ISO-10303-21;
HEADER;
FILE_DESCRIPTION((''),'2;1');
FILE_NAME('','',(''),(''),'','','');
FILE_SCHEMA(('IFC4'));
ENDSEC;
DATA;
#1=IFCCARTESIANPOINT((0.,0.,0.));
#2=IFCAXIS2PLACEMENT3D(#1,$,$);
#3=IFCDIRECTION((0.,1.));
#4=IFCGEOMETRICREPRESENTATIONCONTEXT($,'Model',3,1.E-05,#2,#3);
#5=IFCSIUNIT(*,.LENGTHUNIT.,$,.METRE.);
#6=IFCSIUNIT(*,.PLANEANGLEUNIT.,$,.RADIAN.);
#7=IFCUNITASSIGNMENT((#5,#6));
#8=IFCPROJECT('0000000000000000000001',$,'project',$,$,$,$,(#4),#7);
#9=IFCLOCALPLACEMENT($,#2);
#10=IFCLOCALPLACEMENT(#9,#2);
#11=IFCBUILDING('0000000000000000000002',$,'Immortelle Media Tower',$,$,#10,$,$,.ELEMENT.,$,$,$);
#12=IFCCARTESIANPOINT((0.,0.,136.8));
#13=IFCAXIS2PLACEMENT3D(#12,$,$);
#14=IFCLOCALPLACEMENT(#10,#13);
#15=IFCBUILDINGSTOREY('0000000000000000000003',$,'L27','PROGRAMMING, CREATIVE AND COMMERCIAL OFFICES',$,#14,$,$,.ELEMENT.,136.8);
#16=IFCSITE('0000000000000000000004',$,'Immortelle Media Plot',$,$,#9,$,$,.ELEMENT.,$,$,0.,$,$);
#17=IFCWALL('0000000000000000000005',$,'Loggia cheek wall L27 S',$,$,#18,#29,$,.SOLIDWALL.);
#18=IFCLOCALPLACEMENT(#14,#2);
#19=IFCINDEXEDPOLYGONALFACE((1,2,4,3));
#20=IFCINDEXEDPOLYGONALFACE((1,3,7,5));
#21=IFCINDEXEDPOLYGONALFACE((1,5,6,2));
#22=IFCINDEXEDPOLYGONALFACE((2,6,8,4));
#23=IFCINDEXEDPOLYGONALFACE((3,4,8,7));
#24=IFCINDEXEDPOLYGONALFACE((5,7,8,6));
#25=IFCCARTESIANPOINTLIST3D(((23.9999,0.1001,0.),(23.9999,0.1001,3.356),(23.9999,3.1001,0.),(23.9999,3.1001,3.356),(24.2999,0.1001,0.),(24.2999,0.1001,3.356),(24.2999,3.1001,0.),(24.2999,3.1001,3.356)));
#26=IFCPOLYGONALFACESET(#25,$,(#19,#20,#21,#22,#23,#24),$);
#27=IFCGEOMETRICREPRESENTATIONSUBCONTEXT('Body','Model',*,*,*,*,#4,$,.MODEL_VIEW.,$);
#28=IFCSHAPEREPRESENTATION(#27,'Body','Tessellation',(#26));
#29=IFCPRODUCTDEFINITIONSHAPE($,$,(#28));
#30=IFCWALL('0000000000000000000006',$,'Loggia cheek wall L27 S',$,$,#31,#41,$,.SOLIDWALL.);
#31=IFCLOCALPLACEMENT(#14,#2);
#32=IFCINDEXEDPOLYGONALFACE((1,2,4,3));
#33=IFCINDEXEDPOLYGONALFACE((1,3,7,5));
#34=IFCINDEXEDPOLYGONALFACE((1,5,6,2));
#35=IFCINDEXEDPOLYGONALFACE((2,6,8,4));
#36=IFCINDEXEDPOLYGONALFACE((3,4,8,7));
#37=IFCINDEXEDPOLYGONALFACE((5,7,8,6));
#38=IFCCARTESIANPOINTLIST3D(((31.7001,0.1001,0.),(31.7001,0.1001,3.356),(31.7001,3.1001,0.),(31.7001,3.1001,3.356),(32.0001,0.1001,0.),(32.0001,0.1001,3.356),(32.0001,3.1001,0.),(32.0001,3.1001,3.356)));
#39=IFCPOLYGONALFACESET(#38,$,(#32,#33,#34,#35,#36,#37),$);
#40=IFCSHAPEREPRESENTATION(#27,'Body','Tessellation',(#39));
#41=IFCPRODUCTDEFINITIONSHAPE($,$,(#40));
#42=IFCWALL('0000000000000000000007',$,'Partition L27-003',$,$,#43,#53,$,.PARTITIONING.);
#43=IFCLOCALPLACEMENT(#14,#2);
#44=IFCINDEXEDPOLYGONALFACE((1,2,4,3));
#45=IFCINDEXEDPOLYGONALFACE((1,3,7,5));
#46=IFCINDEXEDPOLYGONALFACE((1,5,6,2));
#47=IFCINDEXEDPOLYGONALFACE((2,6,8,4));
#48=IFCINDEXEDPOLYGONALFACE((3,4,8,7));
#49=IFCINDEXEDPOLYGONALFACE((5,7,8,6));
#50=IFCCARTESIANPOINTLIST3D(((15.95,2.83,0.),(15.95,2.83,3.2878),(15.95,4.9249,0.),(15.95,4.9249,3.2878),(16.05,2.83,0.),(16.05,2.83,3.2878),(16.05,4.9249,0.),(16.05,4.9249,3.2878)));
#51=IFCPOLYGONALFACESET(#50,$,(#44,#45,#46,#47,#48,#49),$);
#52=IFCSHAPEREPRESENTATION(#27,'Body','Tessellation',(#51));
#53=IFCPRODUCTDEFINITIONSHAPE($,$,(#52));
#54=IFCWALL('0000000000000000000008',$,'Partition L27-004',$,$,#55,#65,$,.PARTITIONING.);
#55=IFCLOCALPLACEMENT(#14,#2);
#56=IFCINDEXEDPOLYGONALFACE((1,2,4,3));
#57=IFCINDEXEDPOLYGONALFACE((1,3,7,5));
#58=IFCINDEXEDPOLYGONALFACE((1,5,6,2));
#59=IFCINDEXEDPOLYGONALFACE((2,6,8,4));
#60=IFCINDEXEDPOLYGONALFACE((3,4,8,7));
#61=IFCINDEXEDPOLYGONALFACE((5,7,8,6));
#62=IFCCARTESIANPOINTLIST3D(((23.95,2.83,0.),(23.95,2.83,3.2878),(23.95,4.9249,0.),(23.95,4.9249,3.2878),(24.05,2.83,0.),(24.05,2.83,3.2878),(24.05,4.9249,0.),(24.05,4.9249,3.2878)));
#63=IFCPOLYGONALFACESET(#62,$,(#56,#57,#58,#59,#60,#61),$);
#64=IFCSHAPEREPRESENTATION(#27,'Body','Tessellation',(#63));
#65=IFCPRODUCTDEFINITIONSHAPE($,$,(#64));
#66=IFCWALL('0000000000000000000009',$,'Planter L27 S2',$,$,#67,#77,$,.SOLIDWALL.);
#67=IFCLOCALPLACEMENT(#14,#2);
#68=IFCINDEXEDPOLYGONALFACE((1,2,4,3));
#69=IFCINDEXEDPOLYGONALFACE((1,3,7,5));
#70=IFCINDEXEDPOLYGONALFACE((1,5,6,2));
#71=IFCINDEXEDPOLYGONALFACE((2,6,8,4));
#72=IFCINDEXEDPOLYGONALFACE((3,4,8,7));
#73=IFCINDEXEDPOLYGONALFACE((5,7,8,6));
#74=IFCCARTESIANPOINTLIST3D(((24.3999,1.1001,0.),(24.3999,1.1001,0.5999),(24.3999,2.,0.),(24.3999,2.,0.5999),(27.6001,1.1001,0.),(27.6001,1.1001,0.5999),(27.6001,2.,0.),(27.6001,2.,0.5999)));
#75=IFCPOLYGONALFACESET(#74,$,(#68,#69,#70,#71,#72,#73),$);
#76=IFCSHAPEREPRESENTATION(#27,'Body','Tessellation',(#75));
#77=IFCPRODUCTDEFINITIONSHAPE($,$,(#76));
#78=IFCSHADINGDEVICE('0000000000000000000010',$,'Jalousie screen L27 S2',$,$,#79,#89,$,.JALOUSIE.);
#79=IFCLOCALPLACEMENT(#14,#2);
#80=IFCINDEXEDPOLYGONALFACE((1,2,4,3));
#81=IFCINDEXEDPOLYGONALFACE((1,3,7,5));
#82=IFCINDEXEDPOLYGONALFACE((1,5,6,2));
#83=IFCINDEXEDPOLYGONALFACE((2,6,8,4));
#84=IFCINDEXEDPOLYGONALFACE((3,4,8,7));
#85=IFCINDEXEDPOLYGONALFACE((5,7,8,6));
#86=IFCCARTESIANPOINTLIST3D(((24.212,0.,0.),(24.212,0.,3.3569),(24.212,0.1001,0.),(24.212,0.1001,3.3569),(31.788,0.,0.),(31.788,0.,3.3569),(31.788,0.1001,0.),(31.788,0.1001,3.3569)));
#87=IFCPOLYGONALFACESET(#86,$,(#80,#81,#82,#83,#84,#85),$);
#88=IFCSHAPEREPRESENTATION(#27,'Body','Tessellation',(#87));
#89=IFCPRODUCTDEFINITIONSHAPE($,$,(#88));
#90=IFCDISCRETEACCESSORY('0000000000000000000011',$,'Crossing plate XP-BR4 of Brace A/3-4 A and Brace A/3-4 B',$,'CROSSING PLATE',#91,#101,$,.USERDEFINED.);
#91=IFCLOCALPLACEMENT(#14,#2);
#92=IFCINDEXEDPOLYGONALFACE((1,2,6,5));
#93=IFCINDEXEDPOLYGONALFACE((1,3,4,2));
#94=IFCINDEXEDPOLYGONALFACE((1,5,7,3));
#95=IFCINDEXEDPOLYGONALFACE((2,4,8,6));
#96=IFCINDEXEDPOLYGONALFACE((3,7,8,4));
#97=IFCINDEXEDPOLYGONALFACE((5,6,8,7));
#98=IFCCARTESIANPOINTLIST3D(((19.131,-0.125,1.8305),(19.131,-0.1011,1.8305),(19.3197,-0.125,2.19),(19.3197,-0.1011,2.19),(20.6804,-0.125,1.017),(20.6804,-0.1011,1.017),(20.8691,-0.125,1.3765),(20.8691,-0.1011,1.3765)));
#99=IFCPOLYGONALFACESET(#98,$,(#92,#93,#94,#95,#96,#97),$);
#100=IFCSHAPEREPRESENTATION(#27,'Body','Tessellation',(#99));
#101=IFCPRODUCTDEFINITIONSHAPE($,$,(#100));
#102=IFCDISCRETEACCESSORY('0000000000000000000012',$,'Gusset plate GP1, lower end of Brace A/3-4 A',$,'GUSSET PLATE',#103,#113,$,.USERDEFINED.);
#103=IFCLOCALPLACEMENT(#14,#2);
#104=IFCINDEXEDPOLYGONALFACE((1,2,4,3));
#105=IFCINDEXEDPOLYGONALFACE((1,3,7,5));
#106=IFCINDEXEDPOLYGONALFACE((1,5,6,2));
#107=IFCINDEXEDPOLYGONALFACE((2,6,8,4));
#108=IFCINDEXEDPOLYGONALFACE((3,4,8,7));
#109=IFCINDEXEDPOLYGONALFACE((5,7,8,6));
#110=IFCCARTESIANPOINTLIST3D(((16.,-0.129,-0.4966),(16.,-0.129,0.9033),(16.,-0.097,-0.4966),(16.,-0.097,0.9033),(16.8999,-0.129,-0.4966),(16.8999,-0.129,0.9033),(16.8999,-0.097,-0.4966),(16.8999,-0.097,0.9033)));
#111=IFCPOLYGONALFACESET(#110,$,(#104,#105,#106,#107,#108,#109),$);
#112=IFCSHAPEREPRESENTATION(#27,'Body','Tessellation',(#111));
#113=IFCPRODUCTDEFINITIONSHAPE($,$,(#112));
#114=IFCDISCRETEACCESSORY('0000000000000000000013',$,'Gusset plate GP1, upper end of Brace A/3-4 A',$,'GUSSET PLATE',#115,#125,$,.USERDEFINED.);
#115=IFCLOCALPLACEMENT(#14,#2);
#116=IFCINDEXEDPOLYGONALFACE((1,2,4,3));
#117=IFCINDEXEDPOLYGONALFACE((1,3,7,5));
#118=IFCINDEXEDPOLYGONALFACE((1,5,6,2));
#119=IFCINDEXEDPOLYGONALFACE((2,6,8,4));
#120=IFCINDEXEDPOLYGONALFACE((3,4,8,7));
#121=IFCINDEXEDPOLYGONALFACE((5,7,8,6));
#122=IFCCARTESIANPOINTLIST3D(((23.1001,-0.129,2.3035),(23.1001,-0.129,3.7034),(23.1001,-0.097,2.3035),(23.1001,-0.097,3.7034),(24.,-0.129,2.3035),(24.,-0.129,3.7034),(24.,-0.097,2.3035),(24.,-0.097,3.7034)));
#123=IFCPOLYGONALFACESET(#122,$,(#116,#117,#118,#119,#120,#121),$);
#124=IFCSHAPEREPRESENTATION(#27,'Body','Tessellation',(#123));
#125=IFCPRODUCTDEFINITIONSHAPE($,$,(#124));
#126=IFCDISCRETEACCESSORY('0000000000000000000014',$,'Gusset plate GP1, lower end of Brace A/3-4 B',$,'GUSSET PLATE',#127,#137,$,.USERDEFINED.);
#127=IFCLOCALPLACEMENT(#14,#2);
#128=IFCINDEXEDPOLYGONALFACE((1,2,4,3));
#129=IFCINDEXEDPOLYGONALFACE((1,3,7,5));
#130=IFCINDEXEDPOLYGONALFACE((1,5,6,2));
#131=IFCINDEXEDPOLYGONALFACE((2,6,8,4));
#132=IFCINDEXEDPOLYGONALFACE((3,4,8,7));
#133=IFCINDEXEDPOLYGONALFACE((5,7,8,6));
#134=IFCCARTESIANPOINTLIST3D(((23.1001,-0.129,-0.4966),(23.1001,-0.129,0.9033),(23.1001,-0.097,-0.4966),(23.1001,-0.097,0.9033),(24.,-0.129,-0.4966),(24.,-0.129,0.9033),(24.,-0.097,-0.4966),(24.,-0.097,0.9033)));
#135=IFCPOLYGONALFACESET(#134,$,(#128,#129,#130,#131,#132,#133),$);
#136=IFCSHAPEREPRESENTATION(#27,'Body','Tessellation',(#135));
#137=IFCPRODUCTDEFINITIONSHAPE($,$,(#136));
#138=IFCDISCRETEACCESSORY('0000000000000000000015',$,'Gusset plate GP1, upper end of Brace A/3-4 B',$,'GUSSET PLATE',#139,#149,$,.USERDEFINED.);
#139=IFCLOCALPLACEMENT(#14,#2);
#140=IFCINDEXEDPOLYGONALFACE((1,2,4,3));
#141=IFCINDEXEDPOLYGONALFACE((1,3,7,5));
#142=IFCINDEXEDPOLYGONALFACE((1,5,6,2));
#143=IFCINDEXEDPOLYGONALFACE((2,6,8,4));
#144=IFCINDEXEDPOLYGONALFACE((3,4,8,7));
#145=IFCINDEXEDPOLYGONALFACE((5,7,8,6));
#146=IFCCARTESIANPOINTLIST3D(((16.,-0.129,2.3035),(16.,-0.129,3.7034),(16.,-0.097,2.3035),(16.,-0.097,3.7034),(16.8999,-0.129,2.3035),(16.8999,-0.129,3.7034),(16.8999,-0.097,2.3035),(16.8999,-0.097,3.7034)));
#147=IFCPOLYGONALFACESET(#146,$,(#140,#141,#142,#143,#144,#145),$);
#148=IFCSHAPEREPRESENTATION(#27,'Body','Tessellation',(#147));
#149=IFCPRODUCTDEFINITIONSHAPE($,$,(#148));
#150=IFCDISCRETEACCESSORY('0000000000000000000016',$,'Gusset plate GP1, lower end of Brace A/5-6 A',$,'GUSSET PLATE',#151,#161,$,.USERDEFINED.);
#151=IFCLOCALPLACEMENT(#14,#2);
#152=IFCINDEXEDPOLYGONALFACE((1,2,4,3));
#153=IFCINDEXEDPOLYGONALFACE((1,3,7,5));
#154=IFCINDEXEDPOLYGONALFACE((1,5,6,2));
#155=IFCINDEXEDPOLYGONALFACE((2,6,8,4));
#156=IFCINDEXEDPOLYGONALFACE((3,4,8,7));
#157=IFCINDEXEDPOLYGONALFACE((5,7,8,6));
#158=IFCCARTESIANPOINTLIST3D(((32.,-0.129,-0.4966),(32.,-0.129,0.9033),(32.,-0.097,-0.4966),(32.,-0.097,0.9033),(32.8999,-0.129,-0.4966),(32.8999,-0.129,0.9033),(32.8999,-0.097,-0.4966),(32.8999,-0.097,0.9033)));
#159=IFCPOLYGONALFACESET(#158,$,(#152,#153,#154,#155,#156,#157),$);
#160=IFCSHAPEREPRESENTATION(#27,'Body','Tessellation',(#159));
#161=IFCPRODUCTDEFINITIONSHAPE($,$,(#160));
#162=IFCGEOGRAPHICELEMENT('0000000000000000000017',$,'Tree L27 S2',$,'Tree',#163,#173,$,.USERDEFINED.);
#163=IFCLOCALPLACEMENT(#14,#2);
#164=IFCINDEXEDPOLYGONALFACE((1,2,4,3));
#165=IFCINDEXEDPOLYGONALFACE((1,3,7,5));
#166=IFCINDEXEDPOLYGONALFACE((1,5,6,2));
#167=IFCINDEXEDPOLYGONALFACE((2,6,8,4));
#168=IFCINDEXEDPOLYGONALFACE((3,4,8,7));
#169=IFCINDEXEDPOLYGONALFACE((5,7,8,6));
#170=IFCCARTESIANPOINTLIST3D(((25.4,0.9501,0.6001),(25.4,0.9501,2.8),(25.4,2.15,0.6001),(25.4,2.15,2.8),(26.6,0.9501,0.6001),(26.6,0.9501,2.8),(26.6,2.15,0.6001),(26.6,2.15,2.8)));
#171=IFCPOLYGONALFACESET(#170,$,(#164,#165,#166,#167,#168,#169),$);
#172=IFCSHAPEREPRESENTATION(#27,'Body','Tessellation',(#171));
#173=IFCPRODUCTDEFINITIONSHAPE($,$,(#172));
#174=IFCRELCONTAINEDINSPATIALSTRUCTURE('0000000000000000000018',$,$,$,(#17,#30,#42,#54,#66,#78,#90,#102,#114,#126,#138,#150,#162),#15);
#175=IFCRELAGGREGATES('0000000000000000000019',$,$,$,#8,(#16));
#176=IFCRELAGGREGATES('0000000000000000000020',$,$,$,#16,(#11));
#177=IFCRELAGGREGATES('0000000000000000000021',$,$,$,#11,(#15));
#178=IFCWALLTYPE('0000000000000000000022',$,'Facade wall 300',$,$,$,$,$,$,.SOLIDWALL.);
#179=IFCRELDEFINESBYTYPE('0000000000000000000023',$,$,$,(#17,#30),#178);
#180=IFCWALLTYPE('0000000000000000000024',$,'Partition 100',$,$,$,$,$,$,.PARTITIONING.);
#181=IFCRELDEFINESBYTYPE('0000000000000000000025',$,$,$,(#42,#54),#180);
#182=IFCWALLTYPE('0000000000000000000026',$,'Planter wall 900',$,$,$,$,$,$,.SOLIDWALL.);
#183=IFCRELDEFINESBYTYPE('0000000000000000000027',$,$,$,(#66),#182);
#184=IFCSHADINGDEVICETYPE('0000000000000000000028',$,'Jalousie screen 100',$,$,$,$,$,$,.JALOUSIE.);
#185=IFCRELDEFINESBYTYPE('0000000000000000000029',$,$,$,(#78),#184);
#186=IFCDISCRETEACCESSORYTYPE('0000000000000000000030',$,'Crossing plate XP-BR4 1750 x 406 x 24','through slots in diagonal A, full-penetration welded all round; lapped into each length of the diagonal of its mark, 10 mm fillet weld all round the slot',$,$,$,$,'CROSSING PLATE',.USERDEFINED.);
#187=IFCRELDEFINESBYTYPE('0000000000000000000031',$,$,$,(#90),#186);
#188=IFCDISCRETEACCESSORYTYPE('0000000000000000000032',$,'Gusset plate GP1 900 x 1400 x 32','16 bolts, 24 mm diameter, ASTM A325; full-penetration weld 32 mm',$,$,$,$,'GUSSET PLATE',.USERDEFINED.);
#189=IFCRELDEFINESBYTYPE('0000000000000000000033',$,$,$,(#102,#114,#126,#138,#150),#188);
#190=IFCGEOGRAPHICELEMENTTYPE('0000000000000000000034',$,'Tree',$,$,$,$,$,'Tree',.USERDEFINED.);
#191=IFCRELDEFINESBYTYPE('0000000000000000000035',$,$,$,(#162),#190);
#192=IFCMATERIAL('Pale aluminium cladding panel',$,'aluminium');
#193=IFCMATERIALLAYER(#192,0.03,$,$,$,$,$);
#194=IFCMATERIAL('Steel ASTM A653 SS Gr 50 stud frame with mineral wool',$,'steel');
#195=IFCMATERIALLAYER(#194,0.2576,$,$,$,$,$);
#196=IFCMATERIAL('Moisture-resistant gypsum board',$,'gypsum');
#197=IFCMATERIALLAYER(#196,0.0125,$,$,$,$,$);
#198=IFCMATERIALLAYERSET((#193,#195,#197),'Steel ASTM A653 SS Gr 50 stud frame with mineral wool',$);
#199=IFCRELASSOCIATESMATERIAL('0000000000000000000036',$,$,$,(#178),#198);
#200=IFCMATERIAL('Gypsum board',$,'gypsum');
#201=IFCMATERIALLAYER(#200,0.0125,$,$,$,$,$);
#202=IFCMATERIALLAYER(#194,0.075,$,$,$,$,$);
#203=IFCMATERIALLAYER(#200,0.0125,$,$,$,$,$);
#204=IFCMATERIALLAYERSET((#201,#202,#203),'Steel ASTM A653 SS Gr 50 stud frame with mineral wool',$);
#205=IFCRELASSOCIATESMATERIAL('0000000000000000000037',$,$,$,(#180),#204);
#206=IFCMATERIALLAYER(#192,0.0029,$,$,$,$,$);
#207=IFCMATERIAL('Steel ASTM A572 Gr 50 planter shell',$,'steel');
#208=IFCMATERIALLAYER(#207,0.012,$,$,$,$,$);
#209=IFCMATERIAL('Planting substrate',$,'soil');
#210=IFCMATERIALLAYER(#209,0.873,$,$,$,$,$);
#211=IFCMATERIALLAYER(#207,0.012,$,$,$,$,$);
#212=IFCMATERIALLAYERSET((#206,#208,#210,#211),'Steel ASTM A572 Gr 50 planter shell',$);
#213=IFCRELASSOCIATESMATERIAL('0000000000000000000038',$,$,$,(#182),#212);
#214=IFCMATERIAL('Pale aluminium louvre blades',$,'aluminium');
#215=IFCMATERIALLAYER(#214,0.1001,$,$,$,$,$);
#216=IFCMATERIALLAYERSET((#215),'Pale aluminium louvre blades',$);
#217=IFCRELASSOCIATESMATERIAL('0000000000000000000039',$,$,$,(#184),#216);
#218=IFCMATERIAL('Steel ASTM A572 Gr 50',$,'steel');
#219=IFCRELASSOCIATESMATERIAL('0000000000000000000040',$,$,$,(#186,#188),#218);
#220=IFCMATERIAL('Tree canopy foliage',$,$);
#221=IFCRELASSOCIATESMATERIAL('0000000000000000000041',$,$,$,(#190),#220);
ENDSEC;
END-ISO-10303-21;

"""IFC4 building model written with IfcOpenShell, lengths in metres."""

from ifc_helpers import new_model, si_unit, direction, frame, frame_2d, origin, origin_2d, place, context, subcontext, project, spatial, rectangle, extrude, material, layer, layer_set, material_profile, profile_set, type_object, element, save


model = new_model("IFC4")

# Units and contexts
model_context = context("Model", 3, precision=1e-05, world=origin(), true_north=direction((0.0, 1.0)))
body_context = subcontext(model_context, "Body", "Model", "MODEL_VIEW")
ifc_project = project(units=[si_unit("LENGTHUNIT", "METRE"), si_unit("PLANEANGLEUNIT", "RADIAN")], contexts=[model_context])

# Site, building, storey
site_placement = place(None, origin())
site = spatial("IfcSite", under=ifc_project, at=site_placement, Name="Immortelle Media Plot", CompositionType="ELEMENT", RefElevation=0.0)
building_placement = place(site_placement, origin())
building = spatial("IfcBuilding", under=site, at=building_placement, Name="Immortelle Media Tower", CompositionType="ELEMENT")
storey_placement = place(building_placement, frame((0.0, 0.0, 136.8)))
storey = spatial("IfcBuildingStorey", under=building, at=storey_placement, Name="L27", Description="PROGRAMMING, CREATIVE AND COMMERCIAL OFFICES", CompositionType="ELEMENT", Elevation=136.8)

# Shared definitions
ifc_material_1 = material(Name="Pale aluminium cladding panel", Category="aluminium")
ifc_layer_1 = layer(ifc_material_1, 0.03)
ifc_material_2 = material(Name="Steel ASTM A653 SS Gr 50 stud frame with mineral wool", Category="steel")
ifc_layer_2 = layer(ifc_material_2, 0.2576)
ifc_material_3 = material(Name="Moisture-resistant gypsum board", Category="gypsum")
ifc_layer_3 = layer(ifc_material_3, 0.0125)
ifc_layer_set_1 = layer_set([ifc_layer_1, ifc_layer_2, ifc_layer_3], Name="Steel ASTM A653 SS Gr 50 stud frame with mineral wool")
wall_type_1 = type_object("IfcWallType", Name="Facade wall 300", PredefinedType="SOLIDWALL", material=ifc_layer_set_1)

# Walls
for number, where, z_axis, x_axis, name in (
    (1, (24.1499, 0.1001, 0.0), (0.0, 0.0, 1.0), (0.0, 1.0, 0.0), "Loggia cheek wall L27 S"),
    (2, (31.8501, 0.1001, 0.0), (0.0, 0.0, 1.0), (0.0, 1.0, 0.0), "Loggia cheek wall L27 S"),
):
    element("IfcWall", number, at=place(storey_placement, frame(where, z_axis=z_axis, x_axis=x_axis)), inside=storey, type_object=wall_type_1, Name=name, PredefinedType="SOLIDWALL", context=body_context, shape_type="SweptSolid", body=[
        extrude(rectangle(XDim=3.0, YDim=0.3, at=frame_2d((1.5, 0.0))), origin(), (0.0, 0.0, 1.0), 3.356),
    ])
ifc_material_4 = material(Name="Gypsum board", Category="gypsum")
ifc_layer_4 = layer(ifc_material_4, 0.0125)
ifc_layer_5 = layer(ifc_material_2, 0.075)
ifc_layer_6 = layer(ifc_material_4, 0.0125)
ifc_layer_set_2 = layer_set([ifc_layer_4, ifc_layer_5, ifc_layer_6], Name="Steel ASTM A653 SS Gr 50 stud frame with mineral wool")
wall_type_2 = type_object("IfcWallType", Name="Partition 100", PredefinedType="PARTITIONING", material=ifc_layer_set_2)
for number, where, z_axis, x_axis, name in (
    (3, (16.0, 2.8301, 0.0), (0.0, 0.0, 1.0), (0.0, 1.0, 0.0), "Partition L27-003"),
    (4, (24.0, 2.8301, 0.0), (0.0, 0.0, 1.0), (0.0, 1.0, 0.0), "Partition L27-004"),
):
    element("IfcWall", number, at=place(storey_placement, frame(where, z_axis=z_axis, x_axis=x_axis)), inside=storey, type_object=wall_type_2, Name=name, PredefinedType="PARTITIONING", context=body_context, shape_type="SweptSolid", body=[
        extrude(rectangle(XDim=2.095, YDim=0.1001, at=frame_2d((1.0474, 0.0))), origin(), (0.0, 0.0, 1.0), 3.2878),
    ])
ifc_layer_7 = layer(ifc_material_1, 0.0029)
ifc_material_5 = material(Name="Steel ASTM A572 Gr 50 planter shell", Category="steel")
ifc_layer_8 = layer(ifc_material_5, 0.012)
ifc_material_6 = material(Name="Planting substrate", Category="soil")
ifc_layer_9 = layer(ifc_material_6, 0.873)
ifc_layer_10 = layer(ifc_material_5, 0.012)
ifc_layer_set_3 = layer_set([ifc_layer_7, ifc_layer_8, ifc_layer_9, ifc_layer_10], Name="Steel ASTM A572 Gr 50 planter shell")
wall_type_3 = type_object("IfcWallType", Name="Planter wall 900", PredefinedType="SOLIDWALL", material=ifc_layer_set_3)
wall_1_placement = place(storey_placement, frame((24.3999, 1.55, 0.0), z_axis=(0.0, 0.0, 1.0), x_axis=(1.0, 0.0, 0.0)))
element("IfcWall", 5, at=wall_1_placement, inside=storey, type_object=wall_type_3, Name="Planter L27 S2", PredefinedType="SOLIDWALL", context=body_context, shape_type="SweptSolid", body=[
    extrude(rectangle(XDim=3.2002, YDim=0.8999, at=frame_2d((1.6001, 0.0))), origin(), (0.0, 0.0, 1.0), 0.5999),
])

# Shading device
ifc_material_7 = material(Name="Pale aluminium louvre blades", Category="aluminium")
ifc_layer_11 = layer(ifc_material_7, 0.1001)
ifc_layer_set_4 = layer_set([ifc_layer_11], Name="Pale aluminium louvre blades")
shading_device_type = type_object("IfcShadingDeviceType", Name="Jalousie screen 100", PredefinedType="JALOUSIE", material=ifc_layer_set_4)
shading_device_placement = place(storey_placement, frame((28.0, 0.05, 0.0), z_axis=(0.0, 0.0, 1.0), x_axis=(1.0, 0.0, 0.0)))
element("IfcShadingDevice", 6, at=shading_device_placement, inside=storey, type_object=shading_device_type, Name="Jalousie screen L27 S2", PredefinedType="JALOUSIE", context=body_context, shape_type="SweptSolid", body=[
    extrude(rectangle(XDim=7.5759, YDim=0.1001, at=origin_2d()), origin(), (0.0, 0.0, 1.0), 3.3569),
])

# Discrete accessories
ifc_material_8 = material(Name="Steel ASTM A572 Gr 50", Category="steel")
ifc_material_profile_1 = material_profile(ifc_material_8, rectangle(XDim=0.0239, YDim=0.406, at=origin_2d()), Name="PL 24 x 406")
ifc_profile_set_1 = profile_set([ifc_material_profile_1], Name="Steel ASTM A572 Gr 50")
discrete_accessory_type_1 = type_object("IfcDiscreteAccessoryType", Name="Crossing plate XP-BR4 1750 x 406 x 24", Description="through slots in diagonal A, full-penetration welded all round; lapped into each length of the diagonal of its mark, 10 mm fillet weld all round the slot", ElementType="CROSSING PLATE", PredefinedType="USERDEFINED", material=ifc_profile_set_1)
discrete_accessory_placement = place(storey_placement, frame((19.2253, -0.113, 2.0103), z_axis=(0.885378, 0.0, -0.464872), x_axis=(0.0, 1.0, 0.0)))
element("IfcDiscreteAccessory", 7, at=discrete_accessory_placement, inside=storey, type_object=discrete_accessory_type_1, Name="Crossing plate XP-BR4 of Brace A/3-4 A and Brace A/3-4 B", ObjectType="CROSSING PLATE", PredefinedType="USERDEFINED", context=body_context, shape_type="SweptSolid", body=[
    extrude(rectangle(XDim=0.0239, YDim=0.406, at=origin_2d()), origin(), (0.0, 0.0, 1.0), 1.75),
])
ifc_material_profile_2 = material_profile(ifc_material_8, rectangle(XDim=0.032, YDim=1.3999, at=origin_2d()), Name="PL 32 x 1400")
ifc_profile_set_2 = profile_set([ifc_material_profile_2], Name="Steel ASTM A572 Gr 50")
discrete_accessory_type_2 = type_object("IfcDiscreteAccessoryType", Name="Gusset plate GP1 900 x 1400 x 32", Description="16 bolts, 24 mm diameter, ASTM A325; full-penetration weld 32 mm", ElementType="GUSSET PLATE", PredefinedType="USERDEFINED", material=ifc_profile_set_2)
for number, where, z_axis, x_axis, name in (
    (8, (16.0, -0.113, 0.2034), (1.0, 0.0, 0.0), (0.0, 1.0, 0.0), "Gusset plate GP1, lower end of Brace A/3-4 A"),
    (9, (24.0, -0.113, 3.0034), (-1.0, 0.0, 0.0), (0.0, -1.0, 0.0), "Gusset plate GP1, upper end of Brace A/3-4 A"),
    (10, (24.0, -0.113, 0.2034), (-1.0, 0.0, 0.0), (0.0, -1.0, 0.0), "Gusset plate GP1, lower end of Brace A/3-4 B"),
    (11, (16.0, -0.113, 3.0034), (1.0, 0.0, 0.0), (0.0, 1.0, 0.0), "Gusset plate GP1, upper end of Brace A/3-4 B"),
    (12, (32.0, -0.113, 0.2034), (1.0, 0.0, 0.0), (0.0, 1.0, 0.0), "Gusset plate GP1, lower end of Brace A/5-6 A"),
):
    element("IfcDiscreteAccessory", number, at=place(storey_placement, frame(where, z_axis=z_axis, x_axis=x_axis)), inside=storey, type_object=discrete_accessory_type_2, Name=name, ObjectType="GUSSET PLATE", PredefinedType="USERDEFINED", context=body_context, shape_type="SweptSolid", body=[
        extrude(rectangle(XDim=0.032, YDim=1.3999, at=origin_2d()), origin(), (0.0, 0.0, 1.0), 0.8999),
    ])

# Geographic element
ifc_material_9 = material(Name="Tree canopy foliage")
geographic_element_type = type_object("IfcGeographicElementType", Name="Tree", ElementType="Tree", PredefinedType="USERDEFINED", material=ifc_material_9)
geographic_element_placement = place(storey_placement, frame((26.0, 1.55, 0.6001), z_axis=(0.0, 0.0, 1.0), x_axis=(1.0, 0.0, 0.0)))
element("IfcGeographicElement", 13, at=geographic_element_placement, inside=storey, type_object=geographic_element_type, Name="Tree L27 S2", ObjectType="Tree", PredefinedType="USERDEFINED", context=body_context, shape_type="SweptSolid", body=[
    extrude(rectangle(XDim=1.2, YDim=1.2, at=origin_2d()), origin(), (0.0, 0.0, 1.0), 2.2),
])

save(model, "model.ifc")
